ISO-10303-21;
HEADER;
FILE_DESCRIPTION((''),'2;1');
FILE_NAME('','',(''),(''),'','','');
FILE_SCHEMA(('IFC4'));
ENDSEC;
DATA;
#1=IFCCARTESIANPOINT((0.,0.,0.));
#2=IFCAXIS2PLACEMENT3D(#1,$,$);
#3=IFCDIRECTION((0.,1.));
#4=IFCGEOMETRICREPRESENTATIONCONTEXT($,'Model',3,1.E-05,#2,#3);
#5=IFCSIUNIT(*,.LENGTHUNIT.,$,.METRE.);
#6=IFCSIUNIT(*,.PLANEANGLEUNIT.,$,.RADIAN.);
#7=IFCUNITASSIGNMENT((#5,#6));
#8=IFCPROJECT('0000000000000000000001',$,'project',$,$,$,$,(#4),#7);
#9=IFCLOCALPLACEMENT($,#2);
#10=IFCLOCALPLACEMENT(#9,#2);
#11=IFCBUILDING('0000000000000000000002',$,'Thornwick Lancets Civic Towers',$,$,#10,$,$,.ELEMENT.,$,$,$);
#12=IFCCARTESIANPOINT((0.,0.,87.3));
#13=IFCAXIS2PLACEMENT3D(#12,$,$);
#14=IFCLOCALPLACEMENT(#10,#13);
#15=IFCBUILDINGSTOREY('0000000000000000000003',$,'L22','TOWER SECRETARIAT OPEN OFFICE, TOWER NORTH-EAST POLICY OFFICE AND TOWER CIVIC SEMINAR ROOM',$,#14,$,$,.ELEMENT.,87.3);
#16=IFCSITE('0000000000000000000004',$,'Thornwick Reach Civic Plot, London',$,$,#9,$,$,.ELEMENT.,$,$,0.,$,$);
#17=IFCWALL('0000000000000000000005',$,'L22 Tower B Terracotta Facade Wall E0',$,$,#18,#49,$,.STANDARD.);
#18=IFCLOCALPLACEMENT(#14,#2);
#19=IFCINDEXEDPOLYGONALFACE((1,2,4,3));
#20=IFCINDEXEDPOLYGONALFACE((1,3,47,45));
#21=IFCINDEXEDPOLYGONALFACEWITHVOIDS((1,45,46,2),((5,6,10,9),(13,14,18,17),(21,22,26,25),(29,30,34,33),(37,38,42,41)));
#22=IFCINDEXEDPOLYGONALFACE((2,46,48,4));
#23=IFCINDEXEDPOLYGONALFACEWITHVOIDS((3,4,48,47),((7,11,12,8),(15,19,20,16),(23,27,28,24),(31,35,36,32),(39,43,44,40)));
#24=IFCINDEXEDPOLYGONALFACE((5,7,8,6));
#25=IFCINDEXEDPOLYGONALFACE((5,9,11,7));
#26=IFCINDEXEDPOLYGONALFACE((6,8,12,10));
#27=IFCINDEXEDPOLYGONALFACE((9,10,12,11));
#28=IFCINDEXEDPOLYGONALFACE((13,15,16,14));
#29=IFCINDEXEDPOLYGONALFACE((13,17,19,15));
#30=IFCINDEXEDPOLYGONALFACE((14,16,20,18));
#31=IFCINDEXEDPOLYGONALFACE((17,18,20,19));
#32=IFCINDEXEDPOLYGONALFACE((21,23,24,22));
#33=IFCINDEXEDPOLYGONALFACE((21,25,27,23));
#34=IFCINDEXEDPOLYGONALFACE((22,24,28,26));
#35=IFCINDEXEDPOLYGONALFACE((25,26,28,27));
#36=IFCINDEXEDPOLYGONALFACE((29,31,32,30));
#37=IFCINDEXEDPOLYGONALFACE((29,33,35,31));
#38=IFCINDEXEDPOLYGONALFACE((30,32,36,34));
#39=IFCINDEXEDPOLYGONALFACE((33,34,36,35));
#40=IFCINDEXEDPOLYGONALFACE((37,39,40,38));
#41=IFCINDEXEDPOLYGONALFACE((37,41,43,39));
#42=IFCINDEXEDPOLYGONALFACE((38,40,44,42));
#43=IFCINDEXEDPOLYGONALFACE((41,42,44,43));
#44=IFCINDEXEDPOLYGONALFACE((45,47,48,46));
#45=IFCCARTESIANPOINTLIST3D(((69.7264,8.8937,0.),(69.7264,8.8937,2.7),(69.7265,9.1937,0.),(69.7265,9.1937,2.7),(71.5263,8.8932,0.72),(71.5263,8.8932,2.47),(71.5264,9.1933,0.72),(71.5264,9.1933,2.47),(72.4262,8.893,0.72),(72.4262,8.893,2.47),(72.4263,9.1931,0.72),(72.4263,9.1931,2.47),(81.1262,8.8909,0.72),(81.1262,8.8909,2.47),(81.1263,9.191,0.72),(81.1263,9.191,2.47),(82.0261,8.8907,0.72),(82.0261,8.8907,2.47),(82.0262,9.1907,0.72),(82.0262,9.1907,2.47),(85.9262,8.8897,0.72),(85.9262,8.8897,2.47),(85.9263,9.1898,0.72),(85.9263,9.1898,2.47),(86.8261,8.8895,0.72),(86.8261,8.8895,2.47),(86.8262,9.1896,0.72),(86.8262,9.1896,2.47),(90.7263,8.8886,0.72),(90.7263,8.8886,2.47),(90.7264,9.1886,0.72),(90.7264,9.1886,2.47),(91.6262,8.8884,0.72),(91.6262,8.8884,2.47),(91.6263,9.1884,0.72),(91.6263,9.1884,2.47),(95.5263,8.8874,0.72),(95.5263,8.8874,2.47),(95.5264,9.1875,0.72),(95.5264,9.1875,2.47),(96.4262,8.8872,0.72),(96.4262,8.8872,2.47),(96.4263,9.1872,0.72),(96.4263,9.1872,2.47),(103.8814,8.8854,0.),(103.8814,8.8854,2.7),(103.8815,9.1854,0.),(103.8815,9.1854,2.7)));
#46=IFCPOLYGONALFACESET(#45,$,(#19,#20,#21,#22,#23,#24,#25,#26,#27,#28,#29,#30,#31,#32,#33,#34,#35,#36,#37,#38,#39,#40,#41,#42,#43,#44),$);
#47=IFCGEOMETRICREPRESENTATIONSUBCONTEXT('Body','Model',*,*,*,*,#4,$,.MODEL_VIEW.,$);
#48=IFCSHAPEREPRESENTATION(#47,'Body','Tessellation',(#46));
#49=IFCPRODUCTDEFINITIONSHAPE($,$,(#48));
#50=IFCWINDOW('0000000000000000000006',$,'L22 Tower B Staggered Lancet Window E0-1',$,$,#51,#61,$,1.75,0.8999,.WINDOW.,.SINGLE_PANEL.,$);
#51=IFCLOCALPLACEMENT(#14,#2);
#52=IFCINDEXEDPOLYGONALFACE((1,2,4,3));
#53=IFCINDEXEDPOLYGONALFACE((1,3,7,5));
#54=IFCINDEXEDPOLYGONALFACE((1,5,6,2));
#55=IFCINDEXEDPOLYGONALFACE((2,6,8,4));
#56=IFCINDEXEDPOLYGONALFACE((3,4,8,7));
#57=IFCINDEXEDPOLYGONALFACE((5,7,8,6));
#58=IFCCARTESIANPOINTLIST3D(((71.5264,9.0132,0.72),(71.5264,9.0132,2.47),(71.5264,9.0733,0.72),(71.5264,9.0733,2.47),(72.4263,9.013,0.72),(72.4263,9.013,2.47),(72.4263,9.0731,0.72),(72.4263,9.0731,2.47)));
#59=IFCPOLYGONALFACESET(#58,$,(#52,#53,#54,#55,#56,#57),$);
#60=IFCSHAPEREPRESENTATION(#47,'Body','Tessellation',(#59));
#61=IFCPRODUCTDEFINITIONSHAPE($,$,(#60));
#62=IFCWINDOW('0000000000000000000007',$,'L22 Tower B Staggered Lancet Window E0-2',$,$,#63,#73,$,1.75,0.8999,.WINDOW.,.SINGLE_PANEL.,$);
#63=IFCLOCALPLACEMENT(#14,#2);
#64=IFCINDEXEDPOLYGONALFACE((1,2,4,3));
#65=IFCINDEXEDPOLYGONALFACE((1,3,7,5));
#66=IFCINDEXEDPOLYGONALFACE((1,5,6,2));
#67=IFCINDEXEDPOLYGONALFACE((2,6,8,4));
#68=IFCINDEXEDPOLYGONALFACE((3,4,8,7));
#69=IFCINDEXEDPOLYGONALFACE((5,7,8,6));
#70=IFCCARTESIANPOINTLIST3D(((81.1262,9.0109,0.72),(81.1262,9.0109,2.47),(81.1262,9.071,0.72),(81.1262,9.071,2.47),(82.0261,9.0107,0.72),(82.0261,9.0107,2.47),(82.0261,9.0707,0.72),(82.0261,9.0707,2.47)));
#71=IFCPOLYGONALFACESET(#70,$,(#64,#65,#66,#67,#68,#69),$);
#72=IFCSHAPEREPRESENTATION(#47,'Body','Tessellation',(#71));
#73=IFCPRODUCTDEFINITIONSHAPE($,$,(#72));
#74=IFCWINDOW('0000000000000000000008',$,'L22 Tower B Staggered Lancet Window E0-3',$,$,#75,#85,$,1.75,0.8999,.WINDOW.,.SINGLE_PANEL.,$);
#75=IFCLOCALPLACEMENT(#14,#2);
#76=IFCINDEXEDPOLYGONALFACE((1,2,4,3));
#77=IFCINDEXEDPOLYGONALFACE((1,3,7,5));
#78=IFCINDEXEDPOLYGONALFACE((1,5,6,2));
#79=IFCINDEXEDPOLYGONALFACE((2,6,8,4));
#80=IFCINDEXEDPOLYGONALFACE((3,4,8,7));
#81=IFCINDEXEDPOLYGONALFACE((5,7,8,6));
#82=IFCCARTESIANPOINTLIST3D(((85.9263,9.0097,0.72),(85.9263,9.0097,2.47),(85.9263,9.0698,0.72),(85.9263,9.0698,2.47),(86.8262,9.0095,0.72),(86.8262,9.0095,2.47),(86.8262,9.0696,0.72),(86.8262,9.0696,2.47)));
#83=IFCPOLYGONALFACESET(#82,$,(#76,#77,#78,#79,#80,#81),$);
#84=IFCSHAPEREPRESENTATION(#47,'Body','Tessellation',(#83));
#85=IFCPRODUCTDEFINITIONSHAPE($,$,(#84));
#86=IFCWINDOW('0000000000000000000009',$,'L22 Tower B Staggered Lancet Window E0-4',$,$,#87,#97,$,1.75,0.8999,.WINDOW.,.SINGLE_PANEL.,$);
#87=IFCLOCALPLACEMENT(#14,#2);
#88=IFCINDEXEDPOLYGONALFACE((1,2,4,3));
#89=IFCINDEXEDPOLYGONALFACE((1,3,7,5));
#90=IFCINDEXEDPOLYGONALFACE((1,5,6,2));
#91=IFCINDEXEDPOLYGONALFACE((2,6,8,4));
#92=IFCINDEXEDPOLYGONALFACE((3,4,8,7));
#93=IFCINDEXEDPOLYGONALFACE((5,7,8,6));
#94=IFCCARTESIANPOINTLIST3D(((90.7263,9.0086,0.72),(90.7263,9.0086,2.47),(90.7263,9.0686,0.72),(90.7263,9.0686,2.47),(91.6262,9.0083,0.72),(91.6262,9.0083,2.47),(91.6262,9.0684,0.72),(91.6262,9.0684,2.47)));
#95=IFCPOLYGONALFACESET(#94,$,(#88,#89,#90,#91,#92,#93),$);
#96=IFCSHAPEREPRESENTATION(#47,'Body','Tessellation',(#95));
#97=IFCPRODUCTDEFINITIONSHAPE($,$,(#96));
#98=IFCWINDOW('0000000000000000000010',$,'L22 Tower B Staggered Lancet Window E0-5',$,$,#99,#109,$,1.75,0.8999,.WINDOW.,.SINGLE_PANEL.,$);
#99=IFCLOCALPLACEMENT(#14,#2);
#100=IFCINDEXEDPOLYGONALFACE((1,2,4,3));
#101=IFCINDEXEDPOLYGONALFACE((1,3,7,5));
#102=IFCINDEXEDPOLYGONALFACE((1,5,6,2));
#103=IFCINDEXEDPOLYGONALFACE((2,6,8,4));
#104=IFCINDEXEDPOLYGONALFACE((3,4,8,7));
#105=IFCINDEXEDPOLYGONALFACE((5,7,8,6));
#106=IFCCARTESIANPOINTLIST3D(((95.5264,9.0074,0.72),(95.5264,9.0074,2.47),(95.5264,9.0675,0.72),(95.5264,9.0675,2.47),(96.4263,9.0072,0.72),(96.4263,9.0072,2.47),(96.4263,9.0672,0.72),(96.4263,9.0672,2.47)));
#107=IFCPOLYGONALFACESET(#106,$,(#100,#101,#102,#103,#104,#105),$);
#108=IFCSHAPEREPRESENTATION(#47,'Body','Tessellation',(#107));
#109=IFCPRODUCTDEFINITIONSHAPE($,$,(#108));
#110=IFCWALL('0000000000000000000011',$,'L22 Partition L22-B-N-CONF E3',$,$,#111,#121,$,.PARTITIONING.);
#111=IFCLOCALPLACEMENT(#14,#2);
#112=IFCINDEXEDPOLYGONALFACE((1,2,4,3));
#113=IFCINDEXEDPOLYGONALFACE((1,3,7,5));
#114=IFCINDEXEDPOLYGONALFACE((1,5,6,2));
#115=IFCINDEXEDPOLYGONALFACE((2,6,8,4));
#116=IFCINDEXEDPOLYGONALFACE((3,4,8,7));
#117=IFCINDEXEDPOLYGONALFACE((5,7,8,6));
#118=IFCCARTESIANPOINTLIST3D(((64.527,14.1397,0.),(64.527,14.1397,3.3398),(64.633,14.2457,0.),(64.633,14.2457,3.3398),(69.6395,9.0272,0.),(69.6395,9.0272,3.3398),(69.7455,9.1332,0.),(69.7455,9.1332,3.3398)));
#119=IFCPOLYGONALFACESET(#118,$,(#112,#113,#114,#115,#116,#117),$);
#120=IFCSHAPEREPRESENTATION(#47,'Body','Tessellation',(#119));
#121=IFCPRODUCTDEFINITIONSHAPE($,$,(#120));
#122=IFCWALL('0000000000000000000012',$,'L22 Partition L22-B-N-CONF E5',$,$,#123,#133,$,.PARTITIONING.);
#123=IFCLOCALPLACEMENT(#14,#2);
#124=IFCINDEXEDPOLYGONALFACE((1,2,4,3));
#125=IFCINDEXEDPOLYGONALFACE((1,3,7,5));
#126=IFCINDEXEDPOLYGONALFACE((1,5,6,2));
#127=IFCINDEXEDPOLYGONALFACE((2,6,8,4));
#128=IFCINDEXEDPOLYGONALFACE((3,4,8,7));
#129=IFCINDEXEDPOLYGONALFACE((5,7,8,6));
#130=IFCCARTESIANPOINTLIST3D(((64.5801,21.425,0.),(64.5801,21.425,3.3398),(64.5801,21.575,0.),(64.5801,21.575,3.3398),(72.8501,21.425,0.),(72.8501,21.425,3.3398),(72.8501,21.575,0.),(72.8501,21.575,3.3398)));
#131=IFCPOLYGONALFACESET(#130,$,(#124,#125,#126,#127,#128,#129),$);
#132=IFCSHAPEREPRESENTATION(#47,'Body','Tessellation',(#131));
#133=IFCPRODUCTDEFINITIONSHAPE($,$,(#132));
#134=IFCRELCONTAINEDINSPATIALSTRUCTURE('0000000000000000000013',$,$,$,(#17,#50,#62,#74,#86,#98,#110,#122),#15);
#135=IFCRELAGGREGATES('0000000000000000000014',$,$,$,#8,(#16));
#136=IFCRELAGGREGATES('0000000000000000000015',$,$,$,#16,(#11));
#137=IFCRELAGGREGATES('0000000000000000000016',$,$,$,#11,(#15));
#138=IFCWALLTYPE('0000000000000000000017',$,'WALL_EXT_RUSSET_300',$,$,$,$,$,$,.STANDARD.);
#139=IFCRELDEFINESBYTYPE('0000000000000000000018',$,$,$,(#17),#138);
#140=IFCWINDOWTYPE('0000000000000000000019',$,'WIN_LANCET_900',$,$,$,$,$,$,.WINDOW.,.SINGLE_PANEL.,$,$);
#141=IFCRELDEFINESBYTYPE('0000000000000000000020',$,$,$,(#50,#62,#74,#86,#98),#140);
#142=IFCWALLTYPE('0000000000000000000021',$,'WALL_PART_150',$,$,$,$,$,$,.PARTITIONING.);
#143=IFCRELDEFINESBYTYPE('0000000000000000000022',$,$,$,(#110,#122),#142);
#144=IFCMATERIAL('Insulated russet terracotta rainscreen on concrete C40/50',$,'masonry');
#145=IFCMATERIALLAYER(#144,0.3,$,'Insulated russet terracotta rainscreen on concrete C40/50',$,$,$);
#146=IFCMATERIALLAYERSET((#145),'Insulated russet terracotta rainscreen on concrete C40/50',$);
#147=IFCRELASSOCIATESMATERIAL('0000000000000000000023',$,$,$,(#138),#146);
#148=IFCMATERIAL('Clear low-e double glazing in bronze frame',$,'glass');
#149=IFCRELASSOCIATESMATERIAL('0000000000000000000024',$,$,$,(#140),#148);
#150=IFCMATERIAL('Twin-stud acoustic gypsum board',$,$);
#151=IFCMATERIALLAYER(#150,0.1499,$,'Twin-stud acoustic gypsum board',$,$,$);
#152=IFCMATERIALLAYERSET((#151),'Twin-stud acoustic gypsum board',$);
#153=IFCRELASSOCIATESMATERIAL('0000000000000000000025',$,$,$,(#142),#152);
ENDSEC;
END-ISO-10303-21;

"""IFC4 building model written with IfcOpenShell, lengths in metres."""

from ifc_helpers import new_model, si_unit, direction, frame, frame_2d, origin, place, context, subcontext, project, spatial, rectangle, extrude, material, layer, layer_set, type_object, element, fill, save


model = new_model("IFC4")

# Units and contexts
model_context = context("Model", 3, precision=1e-05, world=origin(), true_north=direction((0.0, 1.0)))
body_context = subcontext(model_context, "Body", "Model", "MODEL_VIEW")
ifc_project = project(units=[si_unit("LENGTHUNIT", "METRE"), si_unit("PLANEANGLEUNIT", "RADIAN")], contexts=[model_context])

# Site, building, storey
site_placement = place(None, origin())
site = spatial("IfcSite", under=ifc_project, at=site_placement, Name="Thornwick Reach Civic Plot, London", CompositionType="ELEMENT", RefElevation=0.0)
building_placement = place(site_placement, origin())
building = spatial("IfcBuilding", under=site, at=building_placement, Name="Thornwick Lancets Civic Towers", CompositionType="ELEMENT")
storey_placement = place(building_placement, frame((0.0, 0.0, 87.3)))
storey = spatial("IfcBuildingStorey", under=building, at=storey_placement, Name="L22", Description="TOWER SECRETARIAT OPEN OFFICE, TOWER NORTH-EAST POLICY OFFICE AND TOWER CIVIC SEMINAR ROOM", CompositionType="ELEMENT", Elevation=87.3)

# Wall, openings, windows
ifc_material_1 = material(Name="Insulated russet terracotta rainscreen on concrete C40/50", Category="masonry")
ifc_layer_1 = layer(ifc_material_1, 0.3, Name="Insulated russet terracotta rainscreen on concrete C40/50")
ifc_layer_set_1 = layer_set([ifc_layer_1], Name="Insulated russet terracotta rainscreen on concrete C40/50")
wall_type_1 = type_object("IfcWallType", Name="WALL_EXT_RUSSET_300", PredefinedType="STANDARD", material=ifc_layer_set_1)
ifc_material_2 = material(Name="Clear low-e double glazing in bronze frame", Category="glass")
window_type = type_object("IfcWindowType", Name="WIN_LANCET_900", PartitioningType="SINGLE_PANEL", PredefinedType="WINDOW", material=ifc_material_2)
wall_1_placement = place(storey_placement, frame((69.7263, 9.0437, 0.0), z_axis=(0.0, 0.0, 1.0), x_axis=(1.0, -0.000243, 0.0)))
wall_1 = element("IfcWall", 1, at=wall_1_placement, inside=storey, type_object=wall_type_1, Name="L22 Tower B Terracotta Facade Wall E0", PredefinedType="STANDARD", context=body_context, shape_type="SweptSolid", body=[
    extrude(rectangle(XDim=34.155, YDim=0.3, at=frame_2d((17.0776, 0.0))), origin(), (0.0, 0.0, 1.0), 2.7),
])
opening_1_placement = place(wall_1_placement, frame((1.8, 0.0, 0.72)))
opening_1 = element("IfcOpeningElement", 2, at=opening_1_placement, cuts=wall_1, PredefinedType="OPENING", context=body_context, shape_type="SweptSolid", body=[
    extrude(rectangle(XDim=0.8999, YDim=1.75, at=frame_2d((0.45, 0.875))), frame((0.0, 0.1602, 0.0), z_axis=(0.0, -1.0, 0.0), x_axis=(1.0, 0.0, 0.0)), (0.0, 0.0, 1.0), 0.3201),
])
opening_2_placement = place(wall_1_placement, frame((11.3999, 0.0, 0.72)))
opening_2 = element("IfcOpeningElement", 3, at=opening_2_placement, cuts=wall_1, PredefinedType="OPENING", context=body_context, shape_type="SweptSolid", body=[
    extrude(rectangle(XDim=0.8999, YDim=1.75, at=frame_2d((0.45, 0.875))), frame((0.0, 0.1602, 0.0), z_axis=(0.0, -1.0, 0.0), x_axis=(1.0, 0.0, 0.0)), (0.0, 0.0, 1.0), 0.3201),
])
opening_3_placement = place(wall_1_placement, frame((16.2, 0.0, 0.72)))
opening_3 = element("IfcOpeningElement", 4, at=opening_3_placement, cuts=wall_1, PredefinedType="OPENING", context=body_context, shape_type="SweptSolid", body=[
    extrude(rectangle(XDim=0.8999, YDim=1.75, at=frame_2d((0.45, 0.875))), frame((0.0, 0.1602, 0.0), z_axis=(0.0, -1.0, 0.0), x_axis=(1.0, 0.0, 0.0)), (0.0, 0.0, 1.0), 0.3201),
])
opening_4_placement = place(wall_1_placement, frame((21.0, 0.0, 0.72)))
opening_4 = element("IfcOpeningElement", 5, at=opening_4_placement, cuts=wall_1, PredefinedType="OPENING", context=body_context, shape_type="SweptSolid", body=[
    extrude(rectangle(XDim=0.8999, YDim=1.75, at=frame_2d((0.45, 0.875))), frame((0.0, 0.1602, 0.0), z_axis=(0.0, -1.0, 0.0), x_axis=(1.0, 0.0, 0.0)), (0.0, 0.0, 1.0), 0.3201),
])
opening_5_placement = place(wall_1_placement, frame((25.8, 0.0, 0.72)))
opening_5 = element("IfcOpeningElement", 6, at=opening_5_placement, cuts=wall_1, PredefinedType="OPENING", context=body_context, shape_type="SweptSolid", body=[
    extrude(rectangle(XDim=0.8999, YDim=1.75, at=frame_2d((0.45, 0.875))), frame((0.0, 0.1602, 0.0), z_axis=(0.0, -1.0, 0.0), x_axis=(1.0, 0.0, 0.0)), (0.0, 0.0, 1.0), 0.3201),
])
window_1_placement = place(opening_1_placement, origin())
window_1 = element("IfcWindow", 7, at=window_1_placement, inside=storey, type_object=window_type, Name="L22 Tower B Staggered Lancet Window E0-1", OverallHeight=1.75, OverallWidth=0.8999, PartitioningType="SINGLE_PANEL", PredefinedType="WINDOW", context=body_context, shape_type="SweptSolid", body=[
    extrude(rectangle(XDim=0.8999, YDim=1.75, at=frame_2d((0.45, 0.875))), frame((0.0, 0.03, 0.0), z_axis=(0.0, -1.0, 0.0), x_axis=(1.0, 0.0, 0.0)), (0.0, 0.0, 1.0), 0.0601),
])
fill(opening_1, window_1)
window_2_placement = place(opening_2_placement, origin())
window_2 = element("IfcWindow", 8, at=window_2_placement, inside=storey, type_object=window_type, Name="L22 Tower B Staggered Lancet Window E0-2", OverallHeight=1.75, OverallWidth=0.8999, PartitioningType="SINGLE_PANEL", PredefinedType="WINDOW", context=body_context, shape_type="SweptSolid", body=[
    extrude(rectangle(XDim=0.8999, YDim=1.75, at=frame_2d((0.45, 0.875))), frame((0.0, 0.03, 0.0), z_axis=(0.0, -1.0, 0.0), x_axis=(1.0, 0.0, 0.0)), (0.0, 0.0, 1.0), 0.0601),
])
fill(opening_2, window_2)
window_3_placement = place(opening_3_placement, origin())
window_3 = element("IfcWindow", 9, at=window_3_placement, inside=storey, type_object=window_type, Name="L22 Tower B Staggered Lancet Window E0-3", OverallHeight=1.75, OverallWidth=0.8999, PartitioningType="SINGLE_PANEL", PredefinedType="WINDOW", context=body_context, shape_type="SweptSolid", body=[
    extrude(rectangle(XDim=0.8999, YDim=1.75, at=frame_2d((0.45, 0.875))), frame((0.0, 0.03, 0.0), z_axis=(0.0, -1.0, 0.0), x_axis=(1.0, 0.0, 0.0)), (0.0, 0.0, 1.0), 0.0601),
])
fill(opening_3, window_3)
window_4_placement = place(opening_4_placement, origin())
window_4 = element("IfcWindow", 10, at=window_4_placement, inside=storey, type_object=window_type, Name="L22 Tower B Staggered Lancet Window E0-4", OverallHeight=1.75, OverallWidth=0.8999, PartitioningType="SINGLE_PANEL", PredefinedType="WINDOW", context=body_context, shape_type="SweptSolid", body=[
    extrude(rectangle(XDim=0.8999, YDim=1.75, at=frame_2d((0.45, 0.875))), frame((0.0, 0.03, 0.0), z_axis=(0.0, -1.0, 0.0), x_axis=(1.0, 0.0, 0.0)), (0.0, 0.0, 1.0), 0.0601),
])
fill(opening_4, window_4)
window_5_placement = place(opening_5_placement, origin())
window_5 = element("IfcWindow", 11, at=window_5_placement, inside=storey, type_object=window_type, Name="L22 Tower B Staggered Lancet Window E0-5", OverallHeight=1.75, OverallWidth=0.8999, PartitioningType="SINGLE_PANEL", PredefinedType="WINDOW", context=body_context, shape_type="SweptSolid", body=[
    extrude(rectangle(XDim=0.8999, YDim=1.75, at=frame_2d((0.45, 0.875))), frame((0.0, 0.03, 0.0), z_axis=(0.0, -1.0, 0.0), x_axis=(1.0, 0.0, 0.0)), (0.0, 0.0, 1.0), 0.0601),
])
fill(opening_5, window_5)

# Walls
ifc_material_3 = material(Name="Twin-stud acoustic gypsum board")
ifc_layer_2 = layer(ifc_material_3, 0.1499, Name="Twin-stud acoustic gypsum board")
ifc_layer_set_2 = layer_set([ifc_layer_2], Name="Twin-stud acoustic gypsum board")
wall_type_2 = type_object("IfcWallType", Name="WALL_PART_150", PredefinedType="PARTITIONING", material=ifc_layer_set_2)
wall_2_placement = place(storey_placement, frame((69.6926, 9.0801, 0.0), z_axis=(0.0, 0.0, 1.0), x_axis=(-0.707107, 0.707107, 0.0)))
element("IfcWall", 12, at=wall_2_placement, inside=storey, type_object=wall_type_2, Name="L22 Partition L22-B-N-CONF E3", PredefinedType="PARTITIONING", context=body_context, shape_type="SweptSolid", body=[
    extrude(rectangle(XDim=7.2302, YDim=0.1499, at=frame_2d((3.6152, 0.0))), origin(), (0.0, 0.0, 1.0), 3.3398),
])
wall_3_placement = place(storey_placement, frame((64.5801, 21.5, 0.0), z_axis=(0.0, 0.0, 1.0), x_axis=(1.0, 0.0, 0.0)))
element("IfcWall", 13, at=wall_3_placement, inside=storey, type_object=wall_type_2, Name="L22 Partition L22-B-N-CONF E5", PredefinedType="PARTITIONING", context=body_context, shape_type="SweptSolid", body=[
    extrude(rectangle(XDim=8.27, YDim=0.1499, at=frame_2d((4.135, 0.0))), origin(), (0.0, 0.0, 1.0), 3.3398),
])

save(model, "model.ifc")
